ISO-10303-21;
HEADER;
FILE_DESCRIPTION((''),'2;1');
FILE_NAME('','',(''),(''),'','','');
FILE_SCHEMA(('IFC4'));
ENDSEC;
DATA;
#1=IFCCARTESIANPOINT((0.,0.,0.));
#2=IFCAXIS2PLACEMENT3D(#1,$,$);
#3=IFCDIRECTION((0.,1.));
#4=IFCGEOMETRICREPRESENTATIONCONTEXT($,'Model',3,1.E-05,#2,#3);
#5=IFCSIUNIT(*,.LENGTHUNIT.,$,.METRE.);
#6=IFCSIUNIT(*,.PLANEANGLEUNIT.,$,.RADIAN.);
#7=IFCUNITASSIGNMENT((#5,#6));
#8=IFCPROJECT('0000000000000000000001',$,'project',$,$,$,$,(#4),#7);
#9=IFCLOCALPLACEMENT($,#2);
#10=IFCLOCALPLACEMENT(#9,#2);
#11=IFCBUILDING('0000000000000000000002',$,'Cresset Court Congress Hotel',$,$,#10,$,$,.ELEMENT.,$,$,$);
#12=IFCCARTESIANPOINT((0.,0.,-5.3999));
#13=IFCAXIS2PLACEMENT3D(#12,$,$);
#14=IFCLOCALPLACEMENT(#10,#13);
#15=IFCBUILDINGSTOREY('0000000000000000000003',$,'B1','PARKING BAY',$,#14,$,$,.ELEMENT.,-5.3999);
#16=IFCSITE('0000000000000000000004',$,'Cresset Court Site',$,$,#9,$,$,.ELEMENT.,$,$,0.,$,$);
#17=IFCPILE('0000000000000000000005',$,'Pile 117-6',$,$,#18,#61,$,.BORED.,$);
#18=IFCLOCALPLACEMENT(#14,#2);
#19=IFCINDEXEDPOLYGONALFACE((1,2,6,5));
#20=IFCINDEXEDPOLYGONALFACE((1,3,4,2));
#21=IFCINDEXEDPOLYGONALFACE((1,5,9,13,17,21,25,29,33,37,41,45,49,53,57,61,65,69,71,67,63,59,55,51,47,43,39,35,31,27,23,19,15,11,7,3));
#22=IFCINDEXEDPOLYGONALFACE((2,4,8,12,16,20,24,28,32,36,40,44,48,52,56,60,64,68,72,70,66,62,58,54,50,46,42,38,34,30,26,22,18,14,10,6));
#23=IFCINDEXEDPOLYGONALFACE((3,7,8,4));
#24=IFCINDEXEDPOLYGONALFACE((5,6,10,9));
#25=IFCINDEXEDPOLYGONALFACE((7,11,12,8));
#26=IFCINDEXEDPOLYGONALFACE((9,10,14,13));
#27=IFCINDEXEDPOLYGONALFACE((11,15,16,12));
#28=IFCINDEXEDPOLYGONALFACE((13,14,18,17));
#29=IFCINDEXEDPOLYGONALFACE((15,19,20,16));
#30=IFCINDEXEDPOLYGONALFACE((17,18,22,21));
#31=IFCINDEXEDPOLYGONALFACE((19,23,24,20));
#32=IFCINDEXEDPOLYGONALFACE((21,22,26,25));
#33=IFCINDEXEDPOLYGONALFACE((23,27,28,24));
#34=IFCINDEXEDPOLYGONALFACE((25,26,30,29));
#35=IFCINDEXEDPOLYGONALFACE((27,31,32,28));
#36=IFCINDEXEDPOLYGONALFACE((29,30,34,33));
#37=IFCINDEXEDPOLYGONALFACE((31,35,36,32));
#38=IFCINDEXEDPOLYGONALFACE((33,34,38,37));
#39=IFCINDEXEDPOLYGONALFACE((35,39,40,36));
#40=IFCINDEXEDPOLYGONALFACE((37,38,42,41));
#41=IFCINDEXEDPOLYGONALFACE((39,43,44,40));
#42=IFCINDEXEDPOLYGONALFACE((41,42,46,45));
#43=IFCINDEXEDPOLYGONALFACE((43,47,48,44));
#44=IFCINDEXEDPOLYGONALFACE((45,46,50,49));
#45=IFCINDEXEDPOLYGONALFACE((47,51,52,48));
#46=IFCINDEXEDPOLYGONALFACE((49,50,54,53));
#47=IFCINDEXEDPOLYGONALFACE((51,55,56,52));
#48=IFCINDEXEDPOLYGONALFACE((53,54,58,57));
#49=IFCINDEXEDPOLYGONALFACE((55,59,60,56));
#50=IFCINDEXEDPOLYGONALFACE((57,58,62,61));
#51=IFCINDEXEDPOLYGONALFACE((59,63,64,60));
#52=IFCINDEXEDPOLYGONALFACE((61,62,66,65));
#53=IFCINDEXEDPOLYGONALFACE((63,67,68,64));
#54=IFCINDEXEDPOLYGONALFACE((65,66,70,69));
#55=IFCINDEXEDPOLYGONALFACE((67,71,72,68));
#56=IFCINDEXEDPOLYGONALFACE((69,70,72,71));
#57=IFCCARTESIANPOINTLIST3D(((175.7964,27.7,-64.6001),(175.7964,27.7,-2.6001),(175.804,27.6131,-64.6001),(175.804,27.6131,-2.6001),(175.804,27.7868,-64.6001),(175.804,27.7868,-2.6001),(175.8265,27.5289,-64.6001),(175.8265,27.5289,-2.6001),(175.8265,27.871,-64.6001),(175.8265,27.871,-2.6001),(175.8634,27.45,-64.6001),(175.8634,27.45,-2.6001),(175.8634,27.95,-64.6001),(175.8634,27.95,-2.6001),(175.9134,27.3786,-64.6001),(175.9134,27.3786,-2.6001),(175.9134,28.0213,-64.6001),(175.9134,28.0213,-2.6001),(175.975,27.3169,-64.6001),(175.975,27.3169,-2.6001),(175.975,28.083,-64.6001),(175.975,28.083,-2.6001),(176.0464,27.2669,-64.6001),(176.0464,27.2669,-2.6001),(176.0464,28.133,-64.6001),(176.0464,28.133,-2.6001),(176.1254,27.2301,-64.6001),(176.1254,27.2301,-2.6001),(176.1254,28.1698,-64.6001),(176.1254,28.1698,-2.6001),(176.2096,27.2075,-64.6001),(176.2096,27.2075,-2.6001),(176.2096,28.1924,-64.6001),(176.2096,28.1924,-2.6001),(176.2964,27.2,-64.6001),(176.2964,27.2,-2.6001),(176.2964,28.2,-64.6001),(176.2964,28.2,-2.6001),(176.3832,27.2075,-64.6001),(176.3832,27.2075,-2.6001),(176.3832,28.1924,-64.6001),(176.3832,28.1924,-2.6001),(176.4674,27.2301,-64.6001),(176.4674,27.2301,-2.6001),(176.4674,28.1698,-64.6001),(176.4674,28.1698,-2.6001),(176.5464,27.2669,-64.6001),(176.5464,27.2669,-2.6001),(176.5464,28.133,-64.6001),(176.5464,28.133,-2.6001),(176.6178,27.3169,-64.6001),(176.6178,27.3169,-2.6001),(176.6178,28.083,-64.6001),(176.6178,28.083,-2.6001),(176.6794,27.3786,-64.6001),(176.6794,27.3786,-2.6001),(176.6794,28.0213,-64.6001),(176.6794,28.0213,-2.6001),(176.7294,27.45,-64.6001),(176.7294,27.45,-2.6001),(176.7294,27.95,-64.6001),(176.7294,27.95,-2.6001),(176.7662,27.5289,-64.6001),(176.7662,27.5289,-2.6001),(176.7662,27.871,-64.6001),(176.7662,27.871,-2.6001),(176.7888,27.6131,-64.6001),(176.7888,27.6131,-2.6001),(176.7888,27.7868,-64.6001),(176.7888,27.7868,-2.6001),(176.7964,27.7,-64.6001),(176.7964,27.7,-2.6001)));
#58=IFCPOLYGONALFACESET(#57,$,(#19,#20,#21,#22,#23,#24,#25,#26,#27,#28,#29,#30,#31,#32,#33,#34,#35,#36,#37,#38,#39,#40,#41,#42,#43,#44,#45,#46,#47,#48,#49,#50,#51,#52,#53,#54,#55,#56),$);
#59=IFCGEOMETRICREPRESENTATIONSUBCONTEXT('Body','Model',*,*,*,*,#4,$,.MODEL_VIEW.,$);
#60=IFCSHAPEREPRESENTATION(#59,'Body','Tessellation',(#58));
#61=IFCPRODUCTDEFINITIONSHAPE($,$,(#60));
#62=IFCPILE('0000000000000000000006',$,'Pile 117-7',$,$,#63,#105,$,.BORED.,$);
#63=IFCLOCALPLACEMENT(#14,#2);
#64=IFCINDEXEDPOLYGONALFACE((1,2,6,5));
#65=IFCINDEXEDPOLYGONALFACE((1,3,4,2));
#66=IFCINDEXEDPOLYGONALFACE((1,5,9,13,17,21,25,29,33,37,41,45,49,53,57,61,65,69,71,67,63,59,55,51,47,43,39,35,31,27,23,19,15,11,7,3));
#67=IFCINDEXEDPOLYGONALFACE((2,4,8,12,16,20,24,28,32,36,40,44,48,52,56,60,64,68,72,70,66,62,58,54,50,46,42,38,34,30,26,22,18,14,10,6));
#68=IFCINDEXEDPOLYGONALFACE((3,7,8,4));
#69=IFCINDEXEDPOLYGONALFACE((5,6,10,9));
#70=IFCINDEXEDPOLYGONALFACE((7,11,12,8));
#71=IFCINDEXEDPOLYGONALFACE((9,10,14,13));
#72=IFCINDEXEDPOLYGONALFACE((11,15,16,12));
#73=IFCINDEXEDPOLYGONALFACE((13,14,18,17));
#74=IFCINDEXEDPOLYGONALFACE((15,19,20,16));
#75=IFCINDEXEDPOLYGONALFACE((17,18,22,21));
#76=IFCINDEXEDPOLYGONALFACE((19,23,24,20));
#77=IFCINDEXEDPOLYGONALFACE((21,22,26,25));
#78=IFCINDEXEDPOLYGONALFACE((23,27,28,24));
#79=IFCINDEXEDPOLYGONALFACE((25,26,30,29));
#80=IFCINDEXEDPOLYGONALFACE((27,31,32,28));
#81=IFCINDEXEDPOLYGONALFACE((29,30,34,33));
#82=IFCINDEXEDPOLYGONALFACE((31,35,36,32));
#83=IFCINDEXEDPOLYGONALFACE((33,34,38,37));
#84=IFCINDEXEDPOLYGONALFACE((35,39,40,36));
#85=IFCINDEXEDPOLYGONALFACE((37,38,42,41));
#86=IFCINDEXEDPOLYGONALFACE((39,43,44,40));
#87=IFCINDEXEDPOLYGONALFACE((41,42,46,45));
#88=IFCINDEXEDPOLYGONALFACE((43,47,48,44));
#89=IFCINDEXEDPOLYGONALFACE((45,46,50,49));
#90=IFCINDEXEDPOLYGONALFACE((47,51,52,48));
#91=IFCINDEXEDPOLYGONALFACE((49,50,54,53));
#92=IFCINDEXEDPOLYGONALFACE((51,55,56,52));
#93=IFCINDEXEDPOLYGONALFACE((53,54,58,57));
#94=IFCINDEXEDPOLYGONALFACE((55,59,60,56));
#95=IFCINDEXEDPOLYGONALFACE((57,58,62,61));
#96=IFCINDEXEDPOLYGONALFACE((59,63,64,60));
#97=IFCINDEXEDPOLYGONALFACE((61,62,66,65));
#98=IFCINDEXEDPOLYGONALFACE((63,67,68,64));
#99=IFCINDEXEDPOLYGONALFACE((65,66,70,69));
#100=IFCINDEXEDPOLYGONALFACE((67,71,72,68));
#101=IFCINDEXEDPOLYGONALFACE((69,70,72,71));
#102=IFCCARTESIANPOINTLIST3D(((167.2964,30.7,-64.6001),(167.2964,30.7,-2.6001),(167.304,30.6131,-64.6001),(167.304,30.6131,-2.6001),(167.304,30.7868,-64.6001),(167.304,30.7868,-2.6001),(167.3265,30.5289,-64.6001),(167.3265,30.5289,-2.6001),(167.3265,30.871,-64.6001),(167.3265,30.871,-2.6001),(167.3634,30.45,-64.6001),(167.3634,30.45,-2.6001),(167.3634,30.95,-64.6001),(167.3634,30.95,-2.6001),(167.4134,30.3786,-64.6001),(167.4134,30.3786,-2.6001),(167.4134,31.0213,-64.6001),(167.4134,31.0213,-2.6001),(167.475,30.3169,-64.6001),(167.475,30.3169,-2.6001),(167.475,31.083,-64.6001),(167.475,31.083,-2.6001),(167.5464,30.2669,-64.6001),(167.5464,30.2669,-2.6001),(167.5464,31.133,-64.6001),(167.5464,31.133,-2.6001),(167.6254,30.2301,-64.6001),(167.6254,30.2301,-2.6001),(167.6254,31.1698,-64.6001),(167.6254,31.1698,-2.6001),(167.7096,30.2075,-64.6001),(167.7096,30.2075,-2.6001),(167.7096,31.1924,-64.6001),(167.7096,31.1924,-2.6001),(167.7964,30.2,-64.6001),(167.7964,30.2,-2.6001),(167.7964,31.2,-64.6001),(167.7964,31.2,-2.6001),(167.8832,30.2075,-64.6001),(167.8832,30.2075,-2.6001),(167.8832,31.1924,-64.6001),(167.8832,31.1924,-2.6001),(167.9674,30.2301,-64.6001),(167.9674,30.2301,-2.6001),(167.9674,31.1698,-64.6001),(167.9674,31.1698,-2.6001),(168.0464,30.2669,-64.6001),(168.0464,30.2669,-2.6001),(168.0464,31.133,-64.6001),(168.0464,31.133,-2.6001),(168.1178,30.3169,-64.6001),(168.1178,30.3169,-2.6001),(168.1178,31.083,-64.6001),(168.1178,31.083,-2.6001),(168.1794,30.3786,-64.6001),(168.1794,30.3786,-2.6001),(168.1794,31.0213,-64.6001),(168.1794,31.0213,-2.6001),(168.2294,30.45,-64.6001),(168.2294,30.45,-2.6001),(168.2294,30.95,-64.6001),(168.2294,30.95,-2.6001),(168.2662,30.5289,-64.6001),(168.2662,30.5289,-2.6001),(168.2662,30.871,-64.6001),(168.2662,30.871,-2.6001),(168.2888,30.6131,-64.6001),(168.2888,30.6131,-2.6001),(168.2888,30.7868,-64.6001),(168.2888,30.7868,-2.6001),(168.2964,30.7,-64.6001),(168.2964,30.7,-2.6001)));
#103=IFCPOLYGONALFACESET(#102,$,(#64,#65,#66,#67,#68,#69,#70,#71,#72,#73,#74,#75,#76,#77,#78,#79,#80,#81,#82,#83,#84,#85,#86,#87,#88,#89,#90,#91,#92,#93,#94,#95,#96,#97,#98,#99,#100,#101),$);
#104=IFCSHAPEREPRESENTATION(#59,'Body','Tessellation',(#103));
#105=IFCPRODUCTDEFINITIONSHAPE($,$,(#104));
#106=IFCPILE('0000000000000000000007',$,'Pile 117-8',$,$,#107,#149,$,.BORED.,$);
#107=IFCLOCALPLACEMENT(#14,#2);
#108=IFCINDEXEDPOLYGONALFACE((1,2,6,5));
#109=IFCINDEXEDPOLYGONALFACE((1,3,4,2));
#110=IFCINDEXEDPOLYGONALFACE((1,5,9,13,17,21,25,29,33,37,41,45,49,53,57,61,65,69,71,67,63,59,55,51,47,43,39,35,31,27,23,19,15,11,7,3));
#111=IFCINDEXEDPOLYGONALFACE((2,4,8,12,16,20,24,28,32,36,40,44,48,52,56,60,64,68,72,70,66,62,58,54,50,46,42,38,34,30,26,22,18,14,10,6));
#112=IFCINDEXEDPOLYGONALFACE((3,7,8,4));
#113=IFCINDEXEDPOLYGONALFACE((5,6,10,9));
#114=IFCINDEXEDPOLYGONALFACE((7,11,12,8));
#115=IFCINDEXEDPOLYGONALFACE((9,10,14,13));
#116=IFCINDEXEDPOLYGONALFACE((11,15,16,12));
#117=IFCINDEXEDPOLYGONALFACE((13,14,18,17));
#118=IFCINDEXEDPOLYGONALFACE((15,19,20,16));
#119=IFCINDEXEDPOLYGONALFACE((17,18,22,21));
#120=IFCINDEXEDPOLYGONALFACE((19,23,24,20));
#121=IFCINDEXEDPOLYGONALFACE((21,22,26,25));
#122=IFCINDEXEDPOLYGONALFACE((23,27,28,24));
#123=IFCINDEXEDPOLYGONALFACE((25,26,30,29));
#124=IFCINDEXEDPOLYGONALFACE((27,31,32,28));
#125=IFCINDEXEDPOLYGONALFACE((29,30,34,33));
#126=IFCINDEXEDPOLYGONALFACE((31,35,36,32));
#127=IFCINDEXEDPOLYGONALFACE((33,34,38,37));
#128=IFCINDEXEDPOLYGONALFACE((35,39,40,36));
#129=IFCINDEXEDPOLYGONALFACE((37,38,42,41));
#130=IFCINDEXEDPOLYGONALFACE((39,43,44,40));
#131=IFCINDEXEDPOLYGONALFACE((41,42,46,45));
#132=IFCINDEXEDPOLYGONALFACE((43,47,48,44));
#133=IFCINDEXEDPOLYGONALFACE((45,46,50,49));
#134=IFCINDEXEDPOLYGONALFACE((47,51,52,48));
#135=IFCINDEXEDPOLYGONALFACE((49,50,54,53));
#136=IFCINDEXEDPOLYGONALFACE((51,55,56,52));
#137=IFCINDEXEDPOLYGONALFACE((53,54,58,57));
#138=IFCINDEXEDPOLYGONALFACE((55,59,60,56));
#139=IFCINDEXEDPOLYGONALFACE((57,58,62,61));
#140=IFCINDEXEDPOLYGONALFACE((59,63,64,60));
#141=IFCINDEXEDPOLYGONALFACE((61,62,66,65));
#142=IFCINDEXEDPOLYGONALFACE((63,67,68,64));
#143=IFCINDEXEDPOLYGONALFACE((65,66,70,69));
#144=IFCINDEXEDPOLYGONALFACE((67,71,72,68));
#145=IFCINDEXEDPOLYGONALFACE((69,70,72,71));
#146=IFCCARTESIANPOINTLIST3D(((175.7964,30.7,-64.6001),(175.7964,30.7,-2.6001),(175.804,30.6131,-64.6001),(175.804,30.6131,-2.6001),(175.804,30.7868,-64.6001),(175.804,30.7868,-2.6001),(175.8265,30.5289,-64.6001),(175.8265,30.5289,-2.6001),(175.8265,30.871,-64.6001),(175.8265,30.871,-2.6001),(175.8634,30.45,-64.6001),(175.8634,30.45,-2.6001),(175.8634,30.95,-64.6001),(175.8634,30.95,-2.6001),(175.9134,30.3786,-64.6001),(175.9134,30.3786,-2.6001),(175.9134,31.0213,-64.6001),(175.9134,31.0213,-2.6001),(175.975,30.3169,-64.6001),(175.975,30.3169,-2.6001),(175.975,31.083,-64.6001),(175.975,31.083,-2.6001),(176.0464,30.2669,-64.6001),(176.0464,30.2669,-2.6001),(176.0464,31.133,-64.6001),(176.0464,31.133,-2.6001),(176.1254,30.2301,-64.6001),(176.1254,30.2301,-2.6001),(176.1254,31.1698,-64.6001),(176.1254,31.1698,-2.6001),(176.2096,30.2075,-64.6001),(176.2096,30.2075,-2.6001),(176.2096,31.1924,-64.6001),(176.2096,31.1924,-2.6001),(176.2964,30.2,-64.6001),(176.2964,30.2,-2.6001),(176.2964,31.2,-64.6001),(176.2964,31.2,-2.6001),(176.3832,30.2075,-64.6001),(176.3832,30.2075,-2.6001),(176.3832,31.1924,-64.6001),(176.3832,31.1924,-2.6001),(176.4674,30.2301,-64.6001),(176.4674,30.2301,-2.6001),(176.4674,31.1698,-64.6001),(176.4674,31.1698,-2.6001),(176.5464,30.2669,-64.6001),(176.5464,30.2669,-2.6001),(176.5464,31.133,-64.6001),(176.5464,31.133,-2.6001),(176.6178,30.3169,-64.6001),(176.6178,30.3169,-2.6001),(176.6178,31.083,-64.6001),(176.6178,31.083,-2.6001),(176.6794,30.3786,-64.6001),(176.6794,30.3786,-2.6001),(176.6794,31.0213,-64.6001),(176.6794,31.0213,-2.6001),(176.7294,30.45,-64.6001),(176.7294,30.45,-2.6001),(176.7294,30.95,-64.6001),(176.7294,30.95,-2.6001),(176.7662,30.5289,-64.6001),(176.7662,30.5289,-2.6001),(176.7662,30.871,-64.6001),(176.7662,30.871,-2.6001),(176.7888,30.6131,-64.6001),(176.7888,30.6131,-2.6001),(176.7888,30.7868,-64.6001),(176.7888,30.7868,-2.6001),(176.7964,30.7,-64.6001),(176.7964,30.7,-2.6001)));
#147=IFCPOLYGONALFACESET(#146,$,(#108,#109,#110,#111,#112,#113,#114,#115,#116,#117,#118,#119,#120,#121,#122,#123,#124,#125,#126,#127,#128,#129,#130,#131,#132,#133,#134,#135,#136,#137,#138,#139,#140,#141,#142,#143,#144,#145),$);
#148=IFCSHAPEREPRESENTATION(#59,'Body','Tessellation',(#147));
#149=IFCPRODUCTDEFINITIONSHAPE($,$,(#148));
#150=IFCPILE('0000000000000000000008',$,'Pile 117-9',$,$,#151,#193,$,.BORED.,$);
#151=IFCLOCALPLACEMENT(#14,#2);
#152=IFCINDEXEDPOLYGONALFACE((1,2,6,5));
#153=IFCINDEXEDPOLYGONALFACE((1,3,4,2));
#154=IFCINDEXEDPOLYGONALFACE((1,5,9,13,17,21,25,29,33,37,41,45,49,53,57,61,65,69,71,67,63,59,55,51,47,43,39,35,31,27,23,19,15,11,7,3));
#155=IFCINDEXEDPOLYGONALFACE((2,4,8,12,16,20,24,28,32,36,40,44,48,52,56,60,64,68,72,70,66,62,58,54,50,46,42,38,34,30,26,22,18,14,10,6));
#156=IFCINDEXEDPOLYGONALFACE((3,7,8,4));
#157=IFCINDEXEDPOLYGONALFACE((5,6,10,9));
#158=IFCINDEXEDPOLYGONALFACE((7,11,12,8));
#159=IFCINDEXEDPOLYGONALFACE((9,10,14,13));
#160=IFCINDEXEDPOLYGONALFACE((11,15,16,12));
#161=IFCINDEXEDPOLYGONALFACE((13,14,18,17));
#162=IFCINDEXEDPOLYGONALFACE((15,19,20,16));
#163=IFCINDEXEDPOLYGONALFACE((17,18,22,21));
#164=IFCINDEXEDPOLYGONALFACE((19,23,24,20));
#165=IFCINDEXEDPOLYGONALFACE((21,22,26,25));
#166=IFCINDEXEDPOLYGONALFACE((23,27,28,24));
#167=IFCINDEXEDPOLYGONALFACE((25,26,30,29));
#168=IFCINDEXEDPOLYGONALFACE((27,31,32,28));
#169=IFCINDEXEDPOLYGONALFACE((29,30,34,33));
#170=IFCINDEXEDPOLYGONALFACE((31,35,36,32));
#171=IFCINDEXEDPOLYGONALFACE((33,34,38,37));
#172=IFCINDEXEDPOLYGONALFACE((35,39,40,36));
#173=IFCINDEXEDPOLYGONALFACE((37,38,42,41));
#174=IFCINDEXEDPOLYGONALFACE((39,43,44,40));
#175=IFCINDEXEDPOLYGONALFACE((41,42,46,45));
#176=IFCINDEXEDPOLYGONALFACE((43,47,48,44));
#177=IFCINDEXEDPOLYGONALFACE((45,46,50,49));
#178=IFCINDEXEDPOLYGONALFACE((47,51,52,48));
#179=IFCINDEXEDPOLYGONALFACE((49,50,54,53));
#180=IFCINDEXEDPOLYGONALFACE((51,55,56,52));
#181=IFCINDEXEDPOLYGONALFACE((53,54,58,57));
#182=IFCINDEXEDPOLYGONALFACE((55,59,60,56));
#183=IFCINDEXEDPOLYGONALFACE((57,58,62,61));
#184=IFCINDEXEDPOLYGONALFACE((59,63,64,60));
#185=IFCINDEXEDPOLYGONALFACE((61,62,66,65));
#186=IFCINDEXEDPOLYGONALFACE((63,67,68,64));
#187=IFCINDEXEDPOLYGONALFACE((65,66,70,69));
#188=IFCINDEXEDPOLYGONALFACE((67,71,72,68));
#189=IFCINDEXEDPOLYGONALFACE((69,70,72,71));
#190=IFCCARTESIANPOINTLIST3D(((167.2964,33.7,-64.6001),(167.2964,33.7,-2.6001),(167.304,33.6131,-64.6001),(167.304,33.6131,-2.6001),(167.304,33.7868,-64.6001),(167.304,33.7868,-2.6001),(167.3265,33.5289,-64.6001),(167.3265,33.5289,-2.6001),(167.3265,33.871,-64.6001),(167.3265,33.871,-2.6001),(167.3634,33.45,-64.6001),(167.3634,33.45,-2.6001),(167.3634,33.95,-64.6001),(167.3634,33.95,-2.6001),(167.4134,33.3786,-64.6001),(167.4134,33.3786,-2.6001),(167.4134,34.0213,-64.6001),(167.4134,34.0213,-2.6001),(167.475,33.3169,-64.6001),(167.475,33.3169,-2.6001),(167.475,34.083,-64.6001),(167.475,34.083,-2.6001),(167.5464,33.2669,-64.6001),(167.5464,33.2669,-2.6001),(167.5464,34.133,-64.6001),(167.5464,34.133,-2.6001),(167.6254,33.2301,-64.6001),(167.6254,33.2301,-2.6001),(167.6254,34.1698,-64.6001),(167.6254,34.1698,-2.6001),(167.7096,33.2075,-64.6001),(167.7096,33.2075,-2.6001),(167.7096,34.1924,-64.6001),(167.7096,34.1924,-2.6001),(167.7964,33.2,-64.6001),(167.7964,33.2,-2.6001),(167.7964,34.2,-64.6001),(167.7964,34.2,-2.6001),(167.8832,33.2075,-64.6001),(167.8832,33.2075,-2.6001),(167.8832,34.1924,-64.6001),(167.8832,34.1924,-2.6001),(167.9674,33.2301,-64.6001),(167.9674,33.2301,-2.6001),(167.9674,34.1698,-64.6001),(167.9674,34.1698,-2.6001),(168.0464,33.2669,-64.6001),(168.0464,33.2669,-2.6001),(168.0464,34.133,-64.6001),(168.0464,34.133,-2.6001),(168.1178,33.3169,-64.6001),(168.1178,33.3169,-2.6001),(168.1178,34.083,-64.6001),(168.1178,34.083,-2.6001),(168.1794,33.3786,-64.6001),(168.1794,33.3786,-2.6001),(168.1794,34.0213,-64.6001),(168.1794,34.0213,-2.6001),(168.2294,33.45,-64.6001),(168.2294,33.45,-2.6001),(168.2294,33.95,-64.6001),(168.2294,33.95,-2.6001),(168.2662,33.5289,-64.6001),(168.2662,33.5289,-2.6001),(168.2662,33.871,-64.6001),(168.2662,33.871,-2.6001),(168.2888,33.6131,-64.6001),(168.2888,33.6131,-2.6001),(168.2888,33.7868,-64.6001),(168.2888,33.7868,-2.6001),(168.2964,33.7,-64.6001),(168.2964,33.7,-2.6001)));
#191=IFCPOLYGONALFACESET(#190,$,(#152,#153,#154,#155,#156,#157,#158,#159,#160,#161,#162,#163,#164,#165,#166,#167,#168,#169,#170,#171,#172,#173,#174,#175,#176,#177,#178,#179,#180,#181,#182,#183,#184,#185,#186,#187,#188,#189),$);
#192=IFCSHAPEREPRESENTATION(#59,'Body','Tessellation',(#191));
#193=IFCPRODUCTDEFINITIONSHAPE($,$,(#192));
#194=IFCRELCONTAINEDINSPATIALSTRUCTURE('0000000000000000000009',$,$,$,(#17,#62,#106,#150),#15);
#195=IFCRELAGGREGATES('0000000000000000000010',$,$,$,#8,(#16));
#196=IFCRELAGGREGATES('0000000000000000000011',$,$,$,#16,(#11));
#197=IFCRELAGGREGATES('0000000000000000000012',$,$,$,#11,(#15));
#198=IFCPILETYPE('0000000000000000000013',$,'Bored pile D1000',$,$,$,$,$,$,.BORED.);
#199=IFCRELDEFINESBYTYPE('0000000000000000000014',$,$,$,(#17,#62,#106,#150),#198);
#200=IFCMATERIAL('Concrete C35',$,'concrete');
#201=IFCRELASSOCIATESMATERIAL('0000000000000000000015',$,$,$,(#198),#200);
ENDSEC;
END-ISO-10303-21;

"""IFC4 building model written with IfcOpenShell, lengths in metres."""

from ifc_helpers import new_model, si_unit, direction, frame, origin, origin_2d, place, context, subcontext, project, spatial, circle, extrude, material, type_object, element, save


model = new_model("IFC4")

# Units and contexts
model_context = context("Model", 3, precision=1e-05, world=origin(), true_north=direction((0.0, 1.0)))
body_context = subcontext(model_context, "Body", "Model", "MODEL_VIEW")
ifc_project = project(units=[si_unit("LENGTHUNIT", "METRE"), si_unit("PLANEANGLEUNIT", "RADIAN")], contexts=[model_context])

# Site, building, storey
site_placement = place(None, origin())
site = spatial("IfcSite", under=ifc_project, at=site_placement, Name="Cresset Court Site", CompositionType="ELEMENT", RefElevation=0.0)
building_placement = place(site_placement, origin())
building = spatial("IfcBuilding", under=site, at=building_placement, Name="Cresset Court Congress Hotel", CompositionType="ELEMENT")
storey_placement = place(building_placement, frame((0.0, 0.0, -5.3999)))
storey = spatial("IfcBuildingStorey", under=building, at=storey_placement, Name="B1", Description="PARKING BAY", CompositionType="ELEMENT", Elevation=-5.3999)

# Piles
ifc_material_1 = material(Name="Concrete C35", Category="concrete")
pile_type = type_object("IfcPileType", Name="Bored pile D1000", PredefinedType="BORED", material=ifc_material_1)
for number, where, z_axis, x_axis, name in (
    (1, (176.2964, 27.7, -2.6001), (0.0, 0.0, -1.0), (1.0, 0.0, 0.0), "Pile 117-6"),
    (2, (167.7964, 30.7, -2.6001), (0.0, 0.0, -1.0), (1.0, 0.0, 0.0), "Pile 117-7"),
    (3, (176.2964, 30.7, -2.6001), (0.0, 0.0, -1.0), (1.0, 0.0, 0.0), "Pile 117-8"),
    (4, (167.7964, 33.7, -2.6001), (0.0, 0.0, -1.0), (1.0, 0.0, 0.0), "Pile 117-9"),
):
    element("IfcPile", number, at=place(storey_placement, frame(where, z_axis=z_axis, x_axis=x_axis)), inside=storey, type_object=pile_type, Name=name, PredefinedType="BORED", context=body_context, shape_type="SweptSolid", body=[
        extrude(circle(Radius=0.5, at=origin_2d()), origin(), (0.0, 0.0, 1.0), 62.0),
    ])

save(model, "model.ifc")
